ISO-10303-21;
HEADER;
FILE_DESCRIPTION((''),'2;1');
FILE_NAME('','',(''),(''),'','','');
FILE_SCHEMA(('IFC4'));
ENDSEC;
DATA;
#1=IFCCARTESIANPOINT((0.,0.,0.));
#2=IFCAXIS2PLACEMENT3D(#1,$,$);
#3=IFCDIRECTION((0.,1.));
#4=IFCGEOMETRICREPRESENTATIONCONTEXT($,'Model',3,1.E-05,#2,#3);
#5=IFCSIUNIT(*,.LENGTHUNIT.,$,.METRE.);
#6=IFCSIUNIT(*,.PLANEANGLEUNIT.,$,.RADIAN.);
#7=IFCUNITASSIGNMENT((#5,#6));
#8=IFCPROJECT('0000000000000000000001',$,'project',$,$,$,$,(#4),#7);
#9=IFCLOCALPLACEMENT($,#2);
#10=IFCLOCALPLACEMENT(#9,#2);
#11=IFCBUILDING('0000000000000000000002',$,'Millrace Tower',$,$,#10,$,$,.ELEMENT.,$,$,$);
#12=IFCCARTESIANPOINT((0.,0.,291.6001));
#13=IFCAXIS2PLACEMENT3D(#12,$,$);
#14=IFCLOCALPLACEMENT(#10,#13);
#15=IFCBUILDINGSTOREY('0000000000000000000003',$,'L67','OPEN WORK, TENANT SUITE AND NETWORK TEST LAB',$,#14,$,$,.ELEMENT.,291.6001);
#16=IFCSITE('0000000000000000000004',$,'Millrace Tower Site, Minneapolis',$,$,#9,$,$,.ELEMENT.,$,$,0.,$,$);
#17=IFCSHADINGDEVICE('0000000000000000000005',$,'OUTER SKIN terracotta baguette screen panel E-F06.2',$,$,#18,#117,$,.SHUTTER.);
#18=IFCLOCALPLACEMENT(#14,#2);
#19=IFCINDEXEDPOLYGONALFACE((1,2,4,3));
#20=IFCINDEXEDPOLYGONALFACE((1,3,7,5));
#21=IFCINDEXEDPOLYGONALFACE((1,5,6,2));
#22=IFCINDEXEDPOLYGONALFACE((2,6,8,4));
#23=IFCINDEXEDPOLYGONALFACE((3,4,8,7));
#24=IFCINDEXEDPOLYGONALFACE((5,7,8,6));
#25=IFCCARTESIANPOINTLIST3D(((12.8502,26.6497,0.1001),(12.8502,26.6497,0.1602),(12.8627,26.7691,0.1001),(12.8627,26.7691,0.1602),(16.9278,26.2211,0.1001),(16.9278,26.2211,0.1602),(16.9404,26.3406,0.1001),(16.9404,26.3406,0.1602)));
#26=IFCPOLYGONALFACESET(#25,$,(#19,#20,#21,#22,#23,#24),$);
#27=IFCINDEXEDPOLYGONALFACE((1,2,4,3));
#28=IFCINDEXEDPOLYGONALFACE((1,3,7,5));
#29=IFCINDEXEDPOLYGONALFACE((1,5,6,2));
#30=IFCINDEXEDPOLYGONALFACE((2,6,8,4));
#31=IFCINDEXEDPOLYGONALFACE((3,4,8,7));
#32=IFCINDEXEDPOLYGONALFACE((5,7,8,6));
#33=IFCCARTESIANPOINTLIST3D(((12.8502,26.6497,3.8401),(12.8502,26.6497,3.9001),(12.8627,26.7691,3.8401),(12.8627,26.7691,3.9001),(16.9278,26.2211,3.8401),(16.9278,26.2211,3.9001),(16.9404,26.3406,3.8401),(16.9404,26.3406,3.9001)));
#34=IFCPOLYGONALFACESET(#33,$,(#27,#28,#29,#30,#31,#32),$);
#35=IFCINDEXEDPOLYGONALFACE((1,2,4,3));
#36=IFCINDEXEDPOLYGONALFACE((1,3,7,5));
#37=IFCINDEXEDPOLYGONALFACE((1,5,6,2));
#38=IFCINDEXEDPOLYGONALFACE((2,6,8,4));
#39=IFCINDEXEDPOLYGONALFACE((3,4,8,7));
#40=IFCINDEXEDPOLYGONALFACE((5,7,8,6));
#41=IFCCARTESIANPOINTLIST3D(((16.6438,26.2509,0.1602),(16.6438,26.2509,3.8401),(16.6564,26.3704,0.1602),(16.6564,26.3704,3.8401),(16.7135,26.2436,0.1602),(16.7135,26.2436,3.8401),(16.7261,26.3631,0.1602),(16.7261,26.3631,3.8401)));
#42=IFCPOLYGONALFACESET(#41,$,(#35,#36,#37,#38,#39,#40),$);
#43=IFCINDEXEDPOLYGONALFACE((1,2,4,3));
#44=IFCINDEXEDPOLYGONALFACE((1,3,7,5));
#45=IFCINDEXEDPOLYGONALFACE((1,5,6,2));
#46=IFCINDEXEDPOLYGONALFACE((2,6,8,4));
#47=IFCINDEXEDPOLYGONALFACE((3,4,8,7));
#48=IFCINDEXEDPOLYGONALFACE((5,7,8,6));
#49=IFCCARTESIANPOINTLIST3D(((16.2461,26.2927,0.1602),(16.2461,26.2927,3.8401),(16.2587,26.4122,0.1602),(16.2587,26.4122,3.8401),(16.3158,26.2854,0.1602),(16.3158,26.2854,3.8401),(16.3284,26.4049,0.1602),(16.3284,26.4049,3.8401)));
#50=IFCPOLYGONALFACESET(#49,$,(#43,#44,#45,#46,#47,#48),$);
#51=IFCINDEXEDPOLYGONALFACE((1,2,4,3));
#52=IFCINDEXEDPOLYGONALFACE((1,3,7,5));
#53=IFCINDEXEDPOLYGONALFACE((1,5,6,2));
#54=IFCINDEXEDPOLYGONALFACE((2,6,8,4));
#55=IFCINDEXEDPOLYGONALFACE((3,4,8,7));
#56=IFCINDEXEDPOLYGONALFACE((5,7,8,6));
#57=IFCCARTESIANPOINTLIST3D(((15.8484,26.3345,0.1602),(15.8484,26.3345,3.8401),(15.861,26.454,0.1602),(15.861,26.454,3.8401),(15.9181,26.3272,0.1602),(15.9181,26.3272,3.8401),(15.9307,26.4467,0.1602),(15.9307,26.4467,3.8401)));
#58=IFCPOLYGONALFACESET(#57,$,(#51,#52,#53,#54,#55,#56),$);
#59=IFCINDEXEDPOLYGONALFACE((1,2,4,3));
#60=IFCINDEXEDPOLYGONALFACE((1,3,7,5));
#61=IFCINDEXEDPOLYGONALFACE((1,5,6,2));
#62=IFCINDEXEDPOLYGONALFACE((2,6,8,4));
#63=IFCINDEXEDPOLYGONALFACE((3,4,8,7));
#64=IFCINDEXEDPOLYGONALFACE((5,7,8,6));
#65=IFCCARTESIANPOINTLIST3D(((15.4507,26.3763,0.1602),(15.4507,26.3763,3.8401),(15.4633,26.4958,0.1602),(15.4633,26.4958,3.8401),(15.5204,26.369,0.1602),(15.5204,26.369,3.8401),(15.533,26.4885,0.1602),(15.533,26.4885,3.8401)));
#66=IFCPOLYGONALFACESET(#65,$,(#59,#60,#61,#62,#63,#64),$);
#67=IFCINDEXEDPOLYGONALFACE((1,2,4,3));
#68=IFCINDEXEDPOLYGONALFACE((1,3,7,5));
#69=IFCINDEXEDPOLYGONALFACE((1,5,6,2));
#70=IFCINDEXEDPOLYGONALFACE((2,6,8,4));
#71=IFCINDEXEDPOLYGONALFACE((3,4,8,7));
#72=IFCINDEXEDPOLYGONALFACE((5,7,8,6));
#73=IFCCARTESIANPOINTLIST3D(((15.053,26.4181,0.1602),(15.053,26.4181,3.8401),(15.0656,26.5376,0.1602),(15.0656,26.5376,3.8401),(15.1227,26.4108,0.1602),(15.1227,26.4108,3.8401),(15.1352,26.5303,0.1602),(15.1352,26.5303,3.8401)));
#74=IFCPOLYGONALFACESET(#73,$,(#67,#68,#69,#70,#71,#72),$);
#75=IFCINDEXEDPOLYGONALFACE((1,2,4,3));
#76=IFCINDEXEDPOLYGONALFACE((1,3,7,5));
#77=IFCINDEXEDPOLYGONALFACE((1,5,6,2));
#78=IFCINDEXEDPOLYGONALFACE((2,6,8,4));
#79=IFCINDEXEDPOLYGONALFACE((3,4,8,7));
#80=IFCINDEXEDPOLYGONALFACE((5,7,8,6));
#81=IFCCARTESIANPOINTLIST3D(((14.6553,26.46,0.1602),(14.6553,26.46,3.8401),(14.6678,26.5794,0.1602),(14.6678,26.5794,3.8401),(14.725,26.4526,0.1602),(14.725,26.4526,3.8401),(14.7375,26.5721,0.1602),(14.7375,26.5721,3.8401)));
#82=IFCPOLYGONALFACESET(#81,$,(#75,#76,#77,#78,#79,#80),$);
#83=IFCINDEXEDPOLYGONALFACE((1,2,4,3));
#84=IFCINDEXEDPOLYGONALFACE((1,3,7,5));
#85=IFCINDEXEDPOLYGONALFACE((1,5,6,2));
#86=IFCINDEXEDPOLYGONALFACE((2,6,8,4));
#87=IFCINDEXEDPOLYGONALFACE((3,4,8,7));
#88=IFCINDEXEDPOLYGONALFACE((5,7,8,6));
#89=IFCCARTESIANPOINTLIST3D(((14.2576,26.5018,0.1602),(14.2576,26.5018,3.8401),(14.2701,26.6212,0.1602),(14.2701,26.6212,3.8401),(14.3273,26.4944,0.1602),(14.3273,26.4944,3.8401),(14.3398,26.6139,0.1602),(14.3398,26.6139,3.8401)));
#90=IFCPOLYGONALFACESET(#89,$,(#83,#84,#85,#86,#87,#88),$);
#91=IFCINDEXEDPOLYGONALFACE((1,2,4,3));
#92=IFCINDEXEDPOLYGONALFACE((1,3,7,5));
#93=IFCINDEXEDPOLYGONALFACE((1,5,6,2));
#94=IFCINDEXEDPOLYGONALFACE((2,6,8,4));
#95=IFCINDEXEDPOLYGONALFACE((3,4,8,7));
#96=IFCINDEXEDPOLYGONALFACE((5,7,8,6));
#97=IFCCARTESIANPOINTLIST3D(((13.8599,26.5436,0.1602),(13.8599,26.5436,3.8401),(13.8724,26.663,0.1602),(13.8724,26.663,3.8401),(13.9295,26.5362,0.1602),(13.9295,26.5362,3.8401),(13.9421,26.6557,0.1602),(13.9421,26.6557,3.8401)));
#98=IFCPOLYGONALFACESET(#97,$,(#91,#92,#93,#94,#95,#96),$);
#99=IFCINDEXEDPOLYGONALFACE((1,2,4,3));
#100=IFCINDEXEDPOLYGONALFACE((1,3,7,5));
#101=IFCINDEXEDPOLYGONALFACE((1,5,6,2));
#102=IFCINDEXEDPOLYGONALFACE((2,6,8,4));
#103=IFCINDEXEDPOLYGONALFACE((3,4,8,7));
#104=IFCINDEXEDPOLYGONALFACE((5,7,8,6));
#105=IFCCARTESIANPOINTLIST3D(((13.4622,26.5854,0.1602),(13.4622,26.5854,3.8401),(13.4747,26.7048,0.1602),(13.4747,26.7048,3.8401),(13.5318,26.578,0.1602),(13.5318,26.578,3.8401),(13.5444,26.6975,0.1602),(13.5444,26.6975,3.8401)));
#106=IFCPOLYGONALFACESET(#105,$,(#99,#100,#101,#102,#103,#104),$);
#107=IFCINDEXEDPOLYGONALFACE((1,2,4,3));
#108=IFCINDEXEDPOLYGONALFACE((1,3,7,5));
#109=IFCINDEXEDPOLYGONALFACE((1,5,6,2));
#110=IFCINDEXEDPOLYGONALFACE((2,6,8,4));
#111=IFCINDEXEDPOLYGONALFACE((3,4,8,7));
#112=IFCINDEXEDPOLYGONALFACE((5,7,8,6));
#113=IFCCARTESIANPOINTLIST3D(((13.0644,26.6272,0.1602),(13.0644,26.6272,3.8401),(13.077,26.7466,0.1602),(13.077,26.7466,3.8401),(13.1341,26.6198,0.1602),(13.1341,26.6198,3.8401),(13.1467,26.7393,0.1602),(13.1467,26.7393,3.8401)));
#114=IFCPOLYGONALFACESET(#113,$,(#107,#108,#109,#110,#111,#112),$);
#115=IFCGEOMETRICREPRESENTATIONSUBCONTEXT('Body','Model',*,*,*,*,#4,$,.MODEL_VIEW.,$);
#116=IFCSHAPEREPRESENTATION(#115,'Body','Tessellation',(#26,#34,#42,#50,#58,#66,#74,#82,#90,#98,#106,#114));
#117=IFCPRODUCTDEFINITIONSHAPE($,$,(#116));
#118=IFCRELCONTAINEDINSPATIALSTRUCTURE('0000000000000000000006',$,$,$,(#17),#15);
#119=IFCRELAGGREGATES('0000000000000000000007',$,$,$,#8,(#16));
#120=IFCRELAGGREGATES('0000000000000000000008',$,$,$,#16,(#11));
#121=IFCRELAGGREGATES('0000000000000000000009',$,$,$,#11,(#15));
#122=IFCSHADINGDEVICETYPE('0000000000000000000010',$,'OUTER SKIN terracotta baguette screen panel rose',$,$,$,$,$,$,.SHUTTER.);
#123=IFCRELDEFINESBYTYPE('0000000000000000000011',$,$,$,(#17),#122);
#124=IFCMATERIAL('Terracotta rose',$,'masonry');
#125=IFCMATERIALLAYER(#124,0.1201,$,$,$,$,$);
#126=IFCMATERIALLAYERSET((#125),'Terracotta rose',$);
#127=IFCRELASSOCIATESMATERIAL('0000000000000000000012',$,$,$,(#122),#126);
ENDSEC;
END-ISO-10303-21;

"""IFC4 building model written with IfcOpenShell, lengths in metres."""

from ifc_helpers import new_model, entity, si_unit, direction, frame, frame_2d, origin, place, context, subcontext, project, spatial, rectangle, extrude, source, transform, mapped, material, layer, layer_set, type_object, element, save


model = new_model("IFC4")

# Units and contexts
model_context = context("Model", 3, precision=1e-05, world=origin(), true_north=direction((0.0, 1.0)))
body_context = subcontext(model_context, "Body", "Model", "MODEL_VIEW")
ifc_project = project(units=[si_unit("LENGTHUNIT", "METRE"), si_unit("PLANEANGLEUNIT", "RADIAN")], contexts=[model_context])

# Site, building, storey
site_placement = place(None, origin())
site = spatial("IfcSite", under=ifc_project, at=site_placement, Name="Millrace Tower Site, Minneapolis", CompositionType="ELEMENT", RefElevation=0.0)
building_placement = place(site_placement, origin())
building = spatial("IfcBuilding", under=site, at=building_placement, Name="Millrace Tower", CompositionType="ELEMENT")
storey_placement = place(building_placement, frame((0.0, 0.0, 291.6001)))
storey = spatial("IfcBuildingStorey", under=building, at=storey_placement, Name="L67", Description="OPEN WORK, TENANT SUITE AND NETWORK TEST LAB", CompositionType="ELEMENT", Elevation=291.6001)

# Shading device
ifc_material_1 = material(Name="Terracotta rose", Category="masonry")
ifc_layer_1 = layer(ifc_material_1, 0.1201)
ifc_layer_set_1 = layer_set([ifc_layer_1], Name="Terracotta rose")
shading_device_type = type_object("IfcShadingDeviceType", Name="OUTER SKIN terracotta baguette screen panel rose", PredefinedType="SHUTTER", material=ifc_layer_set_1)
cartesian_point_1 = entity("IfcCartesianPoint", [-2.05, 0.0601])
shared_polyline_1 = entity("IfcPolyline", [cartesian_point_1, entity("IfcCartesianPoint", [2.05, 0.0601]), entity("IfcCartesianPoint", [2.05, -0.0601]), entity("IfcCartesianPoint", [-2.05, -0.0601]), cartesian_point_1])
shared_shape_1 = source(origin(), body_context, "Body", "SweptSolid", [
    entity("IfcExtrudedAreaSolid", entity("IfcArbitraryClosedProfileDef", "AREA", None, shared_polyline_1), entity("IfcAxis2Placement3D", entity("IfcCartesianPoint", [0.0, 0.0, 0.0])), entity("IfcDirection", [0.0, 0.0, 1.0]), 0.0601),
    entity("IfcExtrudedAreaSolid", entity("IfcArbitraryClosedProfileDef", "AREA", None, shared_polyline_1), entity("IfcAxis2Placement3D", entity("IfcCartesianPoint", [0.0, 0.0, 3.74])), entity("IfcDirection", [0.0, 0.0, 1.0]), 0.0601),
    extrude(rectangle(XDim=0.0701, YDim=0.1201, at=frame_2d((-1.7996, 0.0))), frame((0.0, 0.0, 0.0601)), (0.0, 0.0, 1.0), 3.6799),
    extrude(rectangle(XDim=0.0701, YDim=0.1201, at=frame_2d((-1.3997, 0.0))), frame((0.0, 0.0, 0.0601)), (0.0, 0.0, 1.0), 3.6799),
    extrude(rectangle(XDim=0.0701, YDim=0.1201, at=frame_2d((-0.9998, 0.0))), frame((0.0, 0.0, 0.0601)), (0.0, 0.0, 1.0), 3.6799),
    extrude(rectangle(XDim=0.0701, YDim=0.1201, at=frame_2d((-0.5999, 0.0))), frame((0.0, 0.0, 0.0601)), (0.0, 0.0, 1.0), 3.6799),
    extrude(rectangle(XDim=0.0701, YDim=0.1201, at=frame_2d((-0.2, 0.0))), frame((0.0, 0.0, 0.0601)), (0.0, 0.0, 1.0), 3.6799),
    extrude(rectangle(XDim=0.0701, YDim=0.1201, at=frame_2d((0.2, 0.0))), frame((0.0, 0.0, 0.0601)), (0.0, 0.0, 1.0), 3.6799),
    extrude(rectangle(XDim=0.0701, YDim=0.1201, at=frame_2d((0.5999, 0.0))), frame((0.0, 0.0, 0.0601)), (0.0, 0.0, 1.0), 3.6799),
    extrude(rectangle(XDim=0.0701, YDim=0.1201, at=frame_2d((0.9998, 0.0))), frame((0.0, 0.0, 0.0601)), (0.0, 0.0, 1.0), 3.6799),
    extrude(rectangle(XDim=0.0701, YDim=0.1201, at=frame_2d((1.3997, 0.0))), frame((0.0, 0.0, 0.0601)), (0.0, 0.0, 1.0), 3.6799),
    extrude(rectangle(XDim=0.0701, YDim=0.1201, at=frame_2d((1.7996, 0.0))), frame((0.0, 0.0, 0.0601)), (0.0, 0.0, 1.0), 3.6799),
])
for number, where, z_axis, x_axis, name in (
    (1, (14.8953, 26.4951, 0.1001), (0.0, 0.0, 1.0), (-0.994522, 0.104528, 0.0), "OUTER SKIN terracotta baguette screen panel E-F06.2"),
):
    element("IfcShadingDevice", number, at=place(storey_placement, frame(where, z_axis=z_axis, x_axis=x_axis)), inside=storey, type_object=shading_device_type, Name=name, PredefinedType="SHUTTER", context=body_context, shape_type="MappedRepresentation", body=[
        mapped(shared_shape_1, transform((0.0, 0.0, 0.0), scale=1.0)),
    ])

save(model, "model.ifc")
